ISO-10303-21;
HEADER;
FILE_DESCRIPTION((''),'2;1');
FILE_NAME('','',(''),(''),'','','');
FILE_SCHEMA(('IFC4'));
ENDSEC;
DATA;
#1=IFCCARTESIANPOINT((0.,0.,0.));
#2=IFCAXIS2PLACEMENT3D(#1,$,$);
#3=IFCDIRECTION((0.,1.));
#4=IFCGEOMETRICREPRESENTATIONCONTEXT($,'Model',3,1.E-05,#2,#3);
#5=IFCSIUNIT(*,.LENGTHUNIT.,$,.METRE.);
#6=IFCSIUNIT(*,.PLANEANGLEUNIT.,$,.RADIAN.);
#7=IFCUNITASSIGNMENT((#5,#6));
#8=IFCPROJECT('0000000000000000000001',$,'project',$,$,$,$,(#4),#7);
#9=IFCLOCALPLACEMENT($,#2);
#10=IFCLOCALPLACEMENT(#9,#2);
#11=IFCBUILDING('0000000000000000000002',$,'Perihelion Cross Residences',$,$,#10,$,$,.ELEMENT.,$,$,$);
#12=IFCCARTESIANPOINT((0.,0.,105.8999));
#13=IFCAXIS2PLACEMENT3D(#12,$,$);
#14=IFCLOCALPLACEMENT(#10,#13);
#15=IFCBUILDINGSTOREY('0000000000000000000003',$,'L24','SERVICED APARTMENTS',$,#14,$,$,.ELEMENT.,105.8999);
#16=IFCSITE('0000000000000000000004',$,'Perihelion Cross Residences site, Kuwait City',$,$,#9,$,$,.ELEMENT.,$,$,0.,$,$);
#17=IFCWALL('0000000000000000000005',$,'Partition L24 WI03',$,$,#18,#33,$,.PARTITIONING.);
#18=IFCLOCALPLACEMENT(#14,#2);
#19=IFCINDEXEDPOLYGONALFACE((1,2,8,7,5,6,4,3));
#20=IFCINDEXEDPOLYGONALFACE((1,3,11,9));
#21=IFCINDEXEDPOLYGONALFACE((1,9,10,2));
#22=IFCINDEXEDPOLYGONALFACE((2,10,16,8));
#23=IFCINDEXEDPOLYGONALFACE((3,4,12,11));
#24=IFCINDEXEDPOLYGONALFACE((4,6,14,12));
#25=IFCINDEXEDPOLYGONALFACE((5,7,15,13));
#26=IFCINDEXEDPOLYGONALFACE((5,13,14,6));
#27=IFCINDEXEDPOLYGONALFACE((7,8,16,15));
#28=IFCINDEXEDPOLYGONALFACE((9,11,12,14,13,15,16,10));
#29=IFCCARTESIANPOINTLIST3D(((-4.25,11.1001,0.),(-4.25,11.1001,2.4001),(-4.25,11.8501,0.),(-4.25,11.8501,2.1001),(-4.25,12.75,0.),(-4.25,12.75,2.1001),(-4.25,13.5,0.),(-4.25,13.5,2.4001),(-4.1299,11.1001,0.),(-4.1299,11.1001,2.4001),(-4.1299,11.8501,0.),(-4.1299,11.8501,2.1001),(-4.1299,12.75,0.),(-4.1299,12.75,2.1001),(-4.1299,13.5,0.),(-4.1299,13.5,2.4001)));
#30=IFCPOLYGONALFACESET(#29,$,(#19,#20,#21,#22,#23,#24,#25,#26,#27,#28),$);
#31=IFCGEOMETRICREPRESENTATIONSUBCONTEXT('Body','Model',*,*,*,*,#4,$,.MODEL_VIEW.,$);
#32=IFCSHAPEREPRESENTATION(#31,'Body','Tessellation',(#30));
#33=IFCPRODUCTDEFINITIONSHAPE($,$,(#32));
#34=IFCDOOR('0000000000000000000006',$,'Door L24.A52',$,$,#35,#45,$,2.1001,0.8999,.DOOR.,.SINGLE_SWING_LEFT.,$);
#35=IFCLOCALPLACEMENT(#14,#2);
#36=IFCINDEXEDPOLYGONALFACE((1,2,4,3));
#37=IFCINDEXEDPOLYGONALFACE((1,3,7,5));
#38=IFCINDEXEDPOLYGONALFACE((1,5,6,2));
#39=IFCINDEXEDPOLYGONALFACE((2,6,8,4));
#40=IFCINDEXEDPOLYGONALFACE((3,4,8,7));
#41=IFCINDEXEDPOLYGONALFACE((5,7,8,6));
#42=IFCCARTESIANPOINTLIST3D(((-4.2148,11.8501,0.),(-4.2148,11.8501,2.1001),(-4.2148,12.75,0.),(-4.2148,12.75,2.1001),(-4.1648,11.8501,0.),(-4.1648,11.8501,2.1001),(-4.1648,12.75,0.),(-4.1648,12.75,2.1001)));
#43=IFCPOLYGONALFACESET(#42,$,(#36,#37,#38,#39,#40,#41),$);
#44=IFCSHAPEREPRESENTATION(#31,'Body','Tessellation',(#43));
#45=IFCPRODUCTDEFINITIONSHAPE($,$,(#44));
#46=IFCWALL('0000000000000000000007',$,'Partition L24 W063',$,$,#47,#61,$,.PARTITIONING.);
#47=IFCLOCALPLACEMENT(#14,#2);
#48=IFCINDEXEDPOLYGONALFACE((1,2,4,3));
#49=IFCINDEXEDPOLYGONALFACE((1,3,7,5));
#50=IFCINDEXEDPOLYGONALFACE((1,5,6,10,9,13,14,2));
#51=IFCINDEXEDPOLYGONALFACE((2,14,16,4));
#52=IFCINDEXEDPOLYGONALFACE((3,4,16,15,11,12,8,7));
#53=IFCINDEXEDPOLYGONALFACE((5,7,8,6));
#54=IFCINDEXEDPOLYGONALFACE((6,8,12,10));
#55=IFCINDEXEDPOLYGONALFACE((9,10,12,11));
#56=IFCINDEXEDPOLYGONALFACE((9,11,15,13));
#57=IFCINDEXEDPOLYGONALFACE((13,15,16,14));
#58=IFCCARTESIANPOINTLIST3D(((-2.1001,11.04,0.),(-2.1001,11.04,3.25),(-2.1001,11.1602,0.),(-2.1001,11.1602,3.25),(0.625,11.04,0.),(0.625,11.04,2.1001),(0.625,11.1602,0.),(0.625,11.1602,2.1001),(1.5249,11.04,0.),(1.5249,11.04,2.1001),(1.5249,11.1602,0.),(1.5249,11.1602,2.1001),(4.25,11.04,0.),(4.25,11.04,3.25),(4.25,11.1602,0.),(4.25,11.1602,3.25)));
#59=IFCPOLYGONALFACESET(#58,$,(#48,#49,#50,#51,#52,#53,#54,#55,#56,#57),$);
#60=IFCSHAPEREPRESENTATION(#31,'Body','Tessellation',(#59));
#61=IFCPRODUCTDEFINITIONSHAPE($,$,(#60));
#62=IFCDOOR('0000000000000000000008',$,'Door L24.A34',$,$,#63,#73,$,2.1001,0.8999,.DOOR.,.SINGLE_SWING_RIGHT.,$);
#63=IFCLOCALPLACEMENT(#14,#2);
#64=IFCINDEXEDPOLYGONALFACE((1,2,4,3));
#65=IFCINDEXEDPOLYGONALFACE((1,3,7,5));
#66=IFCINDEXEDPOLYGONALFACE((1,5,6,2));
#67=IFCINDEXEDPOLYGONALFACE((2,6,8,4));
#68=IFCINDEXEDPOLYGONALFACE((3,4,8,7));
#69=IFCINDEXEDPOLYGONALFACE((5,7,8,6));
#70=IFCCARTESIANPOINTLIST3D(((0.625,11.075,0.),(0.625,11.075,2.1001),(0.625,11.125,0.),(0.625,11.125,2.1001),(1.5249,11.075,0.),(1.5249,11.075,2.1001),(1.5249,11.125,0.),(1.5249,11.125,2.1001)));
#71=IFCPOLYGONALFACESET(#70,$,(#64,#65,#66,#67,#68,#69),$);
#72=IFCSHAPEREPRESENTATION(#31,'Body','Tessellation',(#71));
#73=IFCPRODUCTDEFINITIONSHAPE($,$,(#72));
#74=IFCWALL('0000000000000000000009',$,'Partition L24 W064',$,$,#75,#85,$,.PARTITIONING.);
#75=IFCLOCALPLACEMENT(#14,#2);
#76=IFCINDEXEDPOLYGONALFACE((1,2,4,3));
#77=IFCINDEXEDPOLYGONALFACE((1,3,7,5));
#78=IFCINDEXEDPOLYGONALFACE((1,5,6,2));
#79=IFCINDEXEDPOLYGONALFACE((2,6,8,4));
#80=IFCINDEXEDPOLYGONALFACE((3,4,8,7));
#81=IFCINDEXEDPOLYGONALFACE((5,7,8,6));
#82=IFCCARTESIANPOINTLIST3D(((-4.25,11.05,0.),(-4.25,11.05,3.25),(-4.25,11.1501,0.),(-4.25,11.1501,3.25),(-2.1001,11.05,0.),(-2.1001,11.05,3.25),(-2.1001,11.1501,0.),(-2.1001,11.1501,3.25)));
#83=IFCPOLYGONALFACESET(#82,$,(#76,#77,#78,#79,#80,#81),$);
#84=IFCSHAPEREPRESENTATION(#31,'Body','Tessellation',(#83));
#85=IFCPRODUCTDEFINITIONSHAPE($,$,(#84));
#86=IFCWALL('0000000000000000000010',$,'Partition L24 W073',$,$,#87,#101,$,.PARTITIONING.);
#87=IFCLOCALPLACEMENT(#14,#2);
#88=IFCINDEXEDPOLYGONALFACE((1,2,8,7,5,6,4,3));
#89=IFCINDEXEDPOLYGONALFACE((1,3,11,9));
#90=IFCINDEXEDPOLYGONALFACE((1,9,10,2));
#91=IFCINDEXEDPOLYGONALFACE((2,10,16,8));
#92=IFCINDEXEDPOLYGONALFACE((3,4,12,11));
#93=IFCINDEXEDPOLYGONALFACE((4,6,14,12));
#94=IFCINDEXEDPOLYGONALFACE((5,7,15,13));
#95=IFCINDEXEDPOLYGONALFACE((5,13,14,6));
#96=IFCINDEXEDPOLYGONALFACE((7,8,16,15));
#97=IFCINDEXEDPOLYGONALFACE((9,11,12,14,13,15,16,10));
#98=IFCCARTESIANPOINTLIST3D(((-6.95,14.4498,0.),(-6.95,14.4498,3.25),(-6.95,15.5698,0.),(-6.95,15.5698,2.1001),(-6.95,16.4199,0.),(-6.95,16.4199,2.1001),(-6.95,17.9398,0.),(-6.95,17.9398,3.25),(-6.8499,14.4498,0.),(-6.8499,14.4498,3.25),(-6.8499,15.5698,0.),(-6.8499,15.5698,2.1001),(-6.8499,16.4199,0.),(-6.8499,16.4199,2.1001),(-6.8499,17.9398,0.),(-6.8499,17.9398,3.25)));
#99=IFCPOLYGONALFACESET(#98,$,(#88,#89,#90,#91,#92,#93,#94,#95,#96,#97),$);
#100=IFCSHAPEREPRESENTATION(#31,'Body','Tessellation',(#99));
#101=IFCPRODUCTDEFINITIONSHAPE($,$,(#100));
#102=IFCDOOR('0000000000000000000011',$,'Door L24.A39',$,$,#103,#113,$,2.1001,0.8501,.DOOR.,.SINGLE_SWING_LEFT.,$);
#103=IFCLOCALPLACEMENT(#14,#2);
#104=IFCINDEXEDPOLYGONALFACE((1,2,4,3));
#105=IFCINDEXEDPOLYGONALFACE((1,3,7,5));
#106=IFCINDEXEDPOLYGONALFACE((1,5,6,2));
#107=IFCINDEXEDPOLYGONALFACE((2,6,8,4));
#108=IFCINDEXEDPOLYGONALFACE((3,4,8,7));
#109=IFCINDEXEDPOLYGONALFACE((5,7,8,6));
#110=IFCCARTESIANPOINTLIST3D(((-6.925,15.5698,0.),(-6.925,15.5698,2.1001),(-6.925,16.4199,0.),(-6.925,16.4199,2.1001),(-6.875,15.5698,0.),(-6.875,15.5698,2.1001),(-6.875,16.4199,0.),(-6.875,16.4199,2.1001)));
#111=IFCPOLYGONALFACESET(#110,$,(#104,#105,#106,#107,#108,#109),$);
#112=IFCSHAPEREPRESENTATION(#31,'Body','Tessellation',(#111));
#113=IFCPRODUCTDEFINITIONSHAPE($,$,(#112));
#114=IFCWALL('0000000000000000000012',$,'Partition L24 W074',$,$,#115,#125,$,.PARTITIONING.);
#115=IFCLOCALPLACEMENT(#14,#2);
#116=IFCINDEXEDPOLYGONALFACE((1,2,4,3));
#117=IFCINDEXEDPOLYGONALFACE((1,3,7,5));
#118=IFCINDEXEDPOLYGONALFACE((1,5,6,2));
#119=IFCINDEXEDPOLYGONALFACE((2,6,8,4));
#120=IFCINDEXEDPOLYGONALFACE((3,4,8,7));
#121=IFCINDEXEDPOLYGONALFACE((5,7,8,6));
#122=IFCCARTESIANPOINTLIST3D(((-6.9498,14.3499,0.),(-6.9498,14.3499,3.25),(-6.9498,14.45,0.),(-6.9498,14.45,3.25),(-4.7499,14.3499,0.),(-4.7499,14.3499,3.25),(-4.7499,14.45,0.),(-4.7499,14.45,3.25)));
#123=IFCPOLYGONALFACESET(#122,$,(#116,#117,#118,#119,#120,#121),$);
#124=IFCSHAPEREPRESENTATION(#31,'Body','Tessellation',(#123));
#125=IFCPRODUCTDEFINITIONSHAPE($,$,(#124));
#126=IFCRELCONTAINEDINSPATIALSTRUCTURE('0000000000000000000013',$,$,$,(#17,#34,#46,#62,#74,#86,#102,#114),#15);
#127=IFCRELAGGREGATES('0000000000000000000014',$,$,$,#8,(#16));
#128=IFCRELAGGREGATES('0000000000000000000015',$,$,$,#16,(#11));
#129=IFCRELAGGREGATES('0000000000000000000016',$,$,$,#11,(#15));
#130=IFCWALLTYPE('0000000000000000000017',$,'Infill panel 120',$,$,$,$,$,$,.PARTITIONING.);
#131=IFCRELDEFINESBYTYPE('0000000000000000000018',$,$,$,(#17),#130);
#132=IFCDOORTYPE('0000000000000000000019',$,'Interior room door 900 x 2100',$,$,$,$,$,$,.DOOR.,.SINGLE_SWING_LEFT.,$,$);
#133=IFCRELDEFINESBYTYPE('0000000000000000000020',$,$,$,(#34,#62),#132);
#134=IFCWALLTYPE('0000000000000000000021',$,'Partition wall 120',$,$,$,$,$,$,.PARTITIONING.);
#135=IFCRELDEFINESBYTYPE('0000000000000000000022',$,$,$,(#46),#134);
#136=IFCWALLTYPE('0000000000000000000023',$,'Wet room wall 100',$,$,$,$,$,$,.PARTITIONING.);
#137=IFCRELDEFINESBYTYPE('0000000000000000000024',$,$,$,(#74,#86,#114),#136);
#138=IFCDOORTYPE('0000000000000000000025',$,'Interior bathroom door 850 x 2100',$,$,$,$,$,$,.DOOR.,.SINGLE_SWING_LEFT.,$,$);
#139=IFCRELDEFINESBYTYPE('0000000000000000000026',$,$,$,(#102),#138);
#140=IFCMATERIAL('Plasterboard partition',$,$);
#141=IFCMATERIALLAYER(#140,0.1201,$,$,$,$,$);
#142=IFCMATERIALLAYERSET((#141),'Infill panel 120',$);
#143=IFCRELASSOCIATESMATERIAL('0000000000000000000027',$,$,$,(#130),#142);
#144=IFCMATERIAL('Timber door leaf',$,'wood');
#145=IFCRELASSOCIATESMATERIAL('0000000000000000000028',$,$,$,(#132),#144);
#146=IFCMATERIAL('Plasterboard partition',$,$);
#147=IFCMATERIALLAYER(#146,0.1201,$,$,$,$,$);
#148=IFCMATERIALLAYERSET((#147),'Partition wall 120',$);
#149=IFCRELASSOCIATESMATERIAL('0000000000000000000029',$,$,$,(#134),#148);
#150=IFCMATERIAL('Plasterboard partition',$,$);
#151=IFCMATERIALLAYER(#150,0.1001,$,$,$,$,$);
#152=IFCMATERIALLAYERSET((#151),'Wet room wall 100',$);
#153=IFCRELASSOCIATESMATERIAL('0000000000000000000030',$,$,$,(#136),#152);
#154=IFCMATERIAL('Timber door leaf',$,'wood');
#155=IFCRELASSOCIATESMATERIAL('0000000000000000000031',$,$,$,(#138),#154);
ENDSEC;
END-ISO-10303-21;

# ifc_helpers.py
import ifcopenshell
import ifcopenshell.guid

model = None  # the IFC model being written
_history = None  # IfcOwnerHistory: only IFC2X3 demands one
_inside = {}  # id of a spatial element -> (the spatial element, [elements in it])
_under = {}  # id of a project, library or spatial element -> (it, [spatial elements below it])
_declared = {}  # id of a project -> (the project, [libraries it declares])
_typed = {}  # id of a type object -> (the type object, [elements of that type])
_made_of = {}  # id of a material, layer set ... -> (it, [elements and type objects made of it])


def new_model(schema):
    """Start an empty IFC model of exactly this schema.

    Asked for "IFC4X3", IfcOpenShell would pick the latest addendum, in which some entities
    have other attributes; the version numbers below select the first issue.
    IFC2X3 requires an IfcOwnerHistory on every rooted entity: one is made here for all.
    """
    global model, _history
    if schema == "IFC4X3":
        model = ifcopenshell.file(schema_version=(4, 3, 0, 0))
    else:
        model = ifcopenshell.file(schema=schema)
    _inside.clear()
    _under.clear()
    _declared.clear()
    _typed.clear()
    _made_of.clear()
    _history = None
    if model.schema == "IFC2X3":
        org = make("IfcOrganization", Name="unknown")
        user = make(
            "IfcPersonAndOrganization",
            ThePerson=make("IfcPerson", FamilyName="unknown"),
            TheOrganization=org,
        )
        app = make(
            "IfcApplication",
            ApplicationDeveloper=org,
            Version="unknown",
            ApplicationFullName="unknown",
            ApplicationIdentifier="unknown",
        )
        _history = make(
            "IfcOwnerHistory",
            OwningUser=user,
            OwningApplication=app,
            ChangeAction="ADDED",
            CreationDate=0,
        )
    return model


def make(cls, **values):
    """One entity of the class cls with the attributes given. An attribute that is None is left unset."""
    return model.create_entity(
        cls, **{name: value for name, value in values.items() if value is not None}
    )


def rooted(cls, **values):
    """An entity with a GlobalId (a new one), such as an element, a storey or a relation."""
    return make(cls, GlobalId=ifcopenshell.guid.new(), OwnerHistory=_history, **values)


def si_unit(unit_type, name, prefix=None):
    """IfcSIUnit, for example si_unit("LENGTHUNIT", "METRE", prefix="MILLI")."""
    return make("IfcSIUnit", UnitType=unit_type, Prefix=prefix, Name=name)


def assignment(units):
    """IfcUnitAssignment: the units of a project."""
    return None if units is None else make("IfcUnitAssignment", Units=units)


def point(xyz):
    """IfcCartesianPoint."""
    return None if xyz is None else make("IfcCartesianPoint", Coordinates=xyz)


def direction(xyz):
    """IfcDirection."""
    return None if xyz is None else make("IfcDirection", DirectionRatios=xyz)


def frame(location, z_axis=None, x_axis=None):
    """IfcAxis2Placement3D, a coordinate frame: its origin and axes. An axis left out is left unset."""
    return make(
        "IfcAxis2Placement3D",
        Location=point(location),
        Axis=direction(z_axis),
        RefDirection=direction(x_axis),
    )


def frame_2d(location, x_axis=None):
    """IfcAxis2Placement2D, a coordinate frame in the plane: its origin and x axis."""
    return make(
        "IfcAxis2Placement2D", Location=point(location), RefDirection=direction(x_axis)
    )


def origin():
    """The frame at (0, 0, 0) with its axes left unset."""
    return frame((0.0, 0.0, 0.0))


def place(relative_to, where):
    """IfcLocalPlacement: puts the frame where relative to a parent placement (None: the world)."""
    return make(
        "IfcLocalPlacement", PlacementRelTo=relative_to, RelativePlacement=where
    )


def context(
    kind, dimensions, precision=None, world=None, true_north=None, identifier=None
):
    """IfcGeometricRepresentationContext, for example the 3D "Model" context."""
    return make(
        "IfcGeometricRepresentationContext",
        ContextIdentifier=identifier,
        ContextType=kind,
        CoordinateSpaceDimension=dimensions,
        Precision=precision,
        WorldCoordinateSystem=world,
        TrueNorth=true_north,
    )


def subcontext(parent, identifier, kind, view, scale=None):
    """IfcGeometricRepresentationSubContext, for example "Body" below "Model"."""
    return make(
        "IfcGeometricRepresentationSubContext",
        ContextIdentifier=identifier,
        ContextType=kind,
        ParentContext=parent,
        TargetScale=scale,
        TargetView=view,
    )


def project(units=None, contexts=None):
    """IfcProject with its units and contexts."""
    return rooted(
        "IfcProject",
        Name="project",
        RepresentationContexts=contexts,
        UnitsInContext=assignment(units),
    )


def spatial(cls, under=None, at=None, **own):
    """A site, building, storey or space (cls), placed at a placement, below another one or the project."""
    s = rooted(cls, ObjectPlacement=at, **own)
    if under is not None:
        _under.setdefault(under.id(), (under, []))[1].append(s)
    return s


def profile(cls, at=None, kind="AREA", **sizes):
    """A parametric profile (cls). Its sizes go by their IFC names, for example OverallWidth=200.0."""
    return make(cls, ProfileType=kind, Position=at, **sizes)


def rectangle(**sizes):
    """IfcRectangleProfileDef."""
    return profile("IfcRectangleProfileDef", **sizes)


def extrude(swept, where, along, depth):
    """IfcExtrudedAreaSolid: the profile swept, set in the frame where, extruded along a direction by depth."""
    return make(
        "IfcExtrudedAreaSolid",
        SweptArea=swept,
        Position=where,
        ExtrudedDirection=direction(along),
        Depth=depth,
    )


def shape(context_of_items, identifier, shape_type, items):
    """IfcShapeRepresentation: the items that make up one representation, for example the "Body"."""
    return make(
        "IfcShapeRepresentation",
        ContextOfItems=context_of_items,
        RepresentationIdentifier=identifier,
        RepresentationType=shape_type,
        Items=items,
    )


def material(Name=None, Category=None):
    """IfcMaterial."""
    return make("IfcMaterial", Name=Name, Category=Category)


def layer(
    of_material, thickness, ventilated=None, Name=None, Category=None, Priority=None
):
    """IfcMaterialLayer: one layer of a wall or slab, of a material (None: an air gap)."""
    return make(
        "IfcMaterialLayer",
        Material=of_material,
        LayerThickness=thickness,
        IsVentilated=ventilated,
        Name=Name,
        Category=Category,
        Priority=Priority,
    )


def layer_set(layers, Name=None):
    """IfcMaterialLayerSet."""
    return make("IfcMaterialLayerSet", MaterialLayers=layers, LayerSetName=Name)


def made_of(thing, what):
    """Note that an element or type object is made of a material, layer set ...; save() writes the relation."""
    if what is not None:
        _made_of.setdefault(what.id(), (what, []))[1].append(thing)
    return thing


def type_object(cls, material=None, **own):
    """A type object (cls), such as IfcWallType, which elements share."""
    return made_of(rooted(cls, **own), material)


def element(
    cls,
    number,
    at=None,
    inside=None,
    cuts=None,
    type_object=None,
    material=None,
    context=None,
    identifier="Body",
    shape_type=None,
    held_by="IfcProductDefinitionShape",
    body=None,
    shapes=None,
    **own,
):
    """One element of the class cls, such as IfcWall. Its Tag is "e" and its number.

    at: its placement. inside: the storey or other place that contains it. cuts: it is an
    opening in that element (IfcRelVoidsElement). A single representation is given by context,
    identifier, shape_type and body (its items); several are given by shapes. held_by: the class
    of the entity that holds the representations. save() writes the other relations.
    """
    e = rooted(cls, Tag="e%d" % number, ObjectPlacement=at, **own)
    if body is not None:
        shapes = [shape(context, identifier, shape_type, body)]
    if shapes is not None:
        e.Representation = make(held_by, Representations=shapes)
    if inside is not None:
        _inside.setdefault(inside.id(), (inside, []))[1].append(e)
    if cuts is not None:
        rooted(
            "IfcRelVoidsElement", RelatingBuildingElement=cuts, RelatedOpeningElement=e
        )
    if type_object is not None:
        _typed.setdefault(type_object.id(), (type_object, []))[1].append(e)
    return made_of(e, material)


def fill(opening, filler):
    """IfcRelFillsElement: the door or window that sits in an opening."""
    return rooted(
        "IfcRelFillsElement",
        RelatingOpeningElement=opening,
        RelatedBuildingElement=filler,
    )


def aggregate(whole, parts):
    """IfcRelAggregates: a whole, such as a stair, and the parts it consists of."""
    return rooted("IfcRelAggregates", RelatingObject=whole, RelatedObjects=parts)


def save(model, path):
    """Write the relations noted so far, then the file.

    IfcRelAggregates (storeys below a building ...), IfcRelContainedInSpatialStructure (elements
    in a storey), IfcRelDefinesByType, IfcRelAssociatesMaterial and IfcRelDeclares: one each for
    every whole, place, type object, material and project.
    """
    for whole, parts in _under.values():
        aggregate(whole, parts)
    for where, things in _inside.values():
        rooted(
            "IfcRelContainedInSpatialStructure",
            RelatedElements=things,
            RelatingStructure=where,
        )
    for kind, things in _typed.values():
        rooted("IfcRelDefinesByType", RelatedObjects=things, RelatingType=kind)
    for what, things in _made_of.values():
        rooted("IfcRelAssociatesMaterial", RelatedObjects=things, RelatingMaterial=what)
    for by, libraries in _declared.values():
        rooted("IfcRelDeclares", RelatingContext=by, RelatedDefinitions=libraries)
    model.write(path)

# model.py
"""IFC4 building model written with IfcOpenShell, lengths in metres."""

from ifc_helpers import new_model, si_unit, direction, frame, frame_2d, origin, place, context, subcontext, project, spatial, rectangle, extrude, material, layer, layer_set, type_object, element, fill, save


model = new_model("IFC4")

# Units and contexts
model_context = context("Model", 3, precision=1e-05, world=origin(), true_north=direction((0.0, 1.0)))
body_context = subcontext(model_context, "Body", "Model", "MODEL_VIEW")
ifc_project = project(units=[si_unit("LENGTHUNIT", "METRE"), si_unit("PLANEANGLEUNIT", "RADIAN")], contexts=[model_context])

# Site, building, storey
site_placement = place(None, origin())
site = spatial("IfcSite", under=ifc_project, at=site_placement, Name="Perihelion Cross Residences site, Kuwait City", CompositionType="ELEMENT", RefElevation=0.0)
building_placement = place(site_placement, origin())
building = spatial("IfcBuilding", under=site, at=building_placement, Name="Perihelion Cross Residences", CompositionType="ELEMENT")
storey_placement = place(building_placement, frame((0.0, 0.0, 105.8999)))
storey = spatial("IfcBuildingStorey", under=building, at=storey_placement, Name="L24", Description="SERVICED APARTMENTS", CompositionType="ELEMENT", Elevation=105.8999)

# Walls, openings, doors
ifc_material_1 = material(Name="Plasterboard partition")
ifc_layer_1 = layer(ifc_material_1, 0.1201)
ifc_layer_set_1 = layer_set([ifc_layer_1], Name="Infill panel 120")
wall_type_1 = type_object("IfcWallType", Name="Infill panel 120", PredefinedType="PARTITIONING", material=ifc_layer_set_1)
wall_1_placement = place(storey_placement, frame((-4.1899, 11.1001, 0.0), z_axis=(0.0, 0.0, 1.0), x_axis=(0.0, 1.0, 0.0)))
wall_1 = element("IfcWall", 1, at=wall_1_placement, inside=storey, type_object=wall_type_1, Name="Partition L24 WI03", PredefinedType="PARTITIONING", context=body_context, shape_type="SweptSolid", body=[
    extrude(rectangle(XDim=2.3999, YDim=0.1201, at=frame_2d((1.2, 0.0))), origin(), (0.0, 0.0, 1.0), 2.4001),
])
opening_1_placement = place(wall_1_placement, frame((0.75, 0.0, 0.0)))
opening_1 = element("IfcOpeningElement", 2, at=opening_1_placement, cuts=wall_1, PredefinedType="OPENING", context=body_context, shape_type="SweptSolid", body=[
    extrude(rectangle(XDim=0.8999, YDim=2.1001, at=frame_2d((0.45, 1.05))), frame((0.0, 0.0701, 0.0), z_axis=(0.0, -1.0, 0.0), x_axis=(1.0, 0.0, 0.0)), (0.0, 0.0, 1.0), 0.1401),
])
ifc_material_2 = material(Name="Timber door leaf", Category="wood")
door_type_1 = type_object("IfcDoorType", Name="Interior room door 900 x 2100", OperationType="SINGLE_SWING_LEFT", PredefinedType="DOOR", material=ifc_material_2)
door_1_placement = place(opening_1_placement, origin())
door_1 = element("IfcDoor", 3, at=door_1_placement, inside=storey, type_object=door_type_1, Name="Door L24.A52", OperationType="SINGLE_SWING_LEFT", OverallHeight=2.1001, OverallWidth=0.8999, PredefinedType="DOOR", context=body_context, shape_type="SweptSolid", body=[
    extrude(rectangle(XDim=0.8999, YDim=2.1001, at=frame_2d((0.45, 1.05))), frame((0.0, 0.0249, 0.0), z_axis=(0.0, -1.0, 0.0), x_axis=(1.0, 0.0, 0.0)), (0.0, 0.0, 1.0), 0.05),
])
fill(opening_1, door_1)
ifc_material_3 = material(Name="Plasterboard partition")
ifc_layer_2 = layer(ifc_material_3, 0.1201)
ifc_layer_set_2 = layer_set([ifc_layer_2], Name="Partition wall 120")
wall_type_2 = type_object("IfcWallType", Name="Partition wall 120", PredefinedType="PARTITIONING", material=ifc_layer_set_2)
wall_2_placement = place(storey_placement, frame((-2.1001, 11.1001, 0.0), z_axis=(0.0, 0.0, 1.0), x_axis=(1.0, 0.0, 0.0)))
wall_2 = element("IfcWall", 4, at=wall_2_placement, inside=storey, type_object=wall_type_2, Name="Partition L24 W063", PredefinedType="PARTITIONING", context=body_context, shape_type="SweptSolid", body=[
    extrude(rectangle(XDim=6.3501, YDim=0.1201, at=frame_2d((3.175, 0.0))), origin(), (0.0, 0.0, 1.0), 3.25),
])
opening_2_placement = place(wall_2_placement, frame((2.7251, 0.0, 0.0)))
opening_2 = element("IfcOpeningElement", 5, at=opening_2_placement, cuts=wall_2, PredefinedType="OPENING", context=body_context, shape_type="SweptSolid", body=[
    extrude(rectangle(XDim=0.8999, YDim=2.1001, at=frame_2d((0.45, 1.05))), frame((0.0, 0.0701, 0.0), z_axis=(0.0, -1.0, 0.0), x_axis=(1.0, 0.0, 0.0)), (0.0, 0.0, 1.0), 0.1401),
])
door_2_placement = place(opening_2_placement, origin())
door_2 = element("IfcDoor", 6, at=door_2_placement, inside=storey, type_object=door_type_1, Name="Door L24.A34", OperationType="SINGLE_SWING_RIGHT", OverallHeight=2.1001, OverallWidth=0.8999, PredefinedType="DOOR", context=body_context, shape_type="SweptSolid", body=[
    extrude(rectangle(XDim=0.8999, YDim=2.1001, at=frame_2d((0.45, 1.05))), frame((0.0, 0.0249, 0.0), z_axis=(0.0, -1.0, 0.0), x_axis=(1.0, 0.0, 0.0)), (0.0, 0.0, 1.0), 0.05),
])
fill(opening_2, door_2)

# Wall
ifc_material_4 = material(Name="Plasterboard partition")
ifc_layer_3 = layer(ifc_material_4, 0.1001)
ifc_layer_set_3 = layer_set([ifc_layer_3], Name="Wet room wall 100")
wall_type_3 = type_object("IfcWallType", Name="Wet room wall 100", PredefinedType="PARTITIONING", material=ifc_layer_set_3)
wall_3_placement = place(storey_placement, frame((-4.25, 11.1001, 0.0), z_axis=(0.0, 0.0, 1.0), x_axis=(1.0, 0.0, 0.0)))
element("IfcWall", 7, at=wall_3_placement, inside=storey, type_object=wall_type_3, Name="Partition L24 W064", PredefinedType="PARTITIONING", context=body_context, shape_type="SweptSolid", body=[
    extrude(rectangle(XDim=2.1499, YDim=0.1001, at=frame_2d((1.075, 0.0))), origin(), (0.0, 0.0, 1.0), 3.25),
])

# Wall, opening, door
wall_4_placement = place(storey_placement, frame((-6.8999, 17.9399, 0.0), z_axis=(0.0, 0.0, 1.0), x_axis=(0.0, -1.0, 0.0)))
wall_4 = element("IfcWall", 8, at=wall_4_placement, inside=storey, type_object=wall_type_3, Name="Partition L24 W073", PredefinedType="PARTITIONING", context=body_context, shape_type="SweptSolid", body=[
    extrude(rectangle(XDim=3.49, YDim=0.1001, at=frame_2d((1.7451, 0.0))), origin(), (0.0, 0.0, 1.0), 3.25),
])
opening_3_placement = place(wall_4_placement, frame((1.52, 0.0, 0.0)))
opening_3 = element("IfcOpeningElement", 9, at=opening_3_placement, cuts=wall_4, PredefinedType="OPENING", context=body_context, shape_type="SweptSolid", body=[
    extrude(rectangle(XDim=0.8501, YDim=2.1001, at=frame_2d((0.425, 1.05))), frame((0.0, 0.0601, 0.0), z_axis=(0.0, -1.0, 0.0), x_axis=(1.0, 0.0, 0.0)), (0.0, 0.0, 1.0), 0.1201),
])
ifc_material_5 = material(Name="Timber door leaf", Category="wood")
door_type_2 = type_object("IfcDoorType", Name="Interior bathroom door 850 x 2100", OperationType="SINGLE_SWING_LEFT", PredefinedType="DOOR", material=ifc_material_5)
door_3_placement = place(opening_3_placement, origin())
door_3 = element("IfcDoor", 10, at=door_3_placement, inside=storey, type_object=door_type_2, Name="Door L24.A39", OperationType="SINGLE_SWING_LEFT", OverallHeight=2.1001, OverallWidth=0.8501, PredefinedType="DOOR", context=body_context, shape_type="SweptSolid", body=[
    extrude(rectangle(XDim=0.8501, YDim=2.1001, at=frame_2d((0.425, 1.05))), frame((0.0, 0.0249, 0.0), z_axis=(0.0, -1.0, 0.0), x_axis=(1.0, 0.0, 0.0)), (0.0, 0.0, 1.0), 0.05),
])
fill(opening_3, door_3)

# Wall
wall_5_placement = place(storey_placement, frame((-6.95, 14.3999, 0.0), z_axis=(0.0, 0.0, 1.0), x_axis=(1.0, 0.0, 0.0)))
element("IfcWall", 11, at=wall_5_placement, inside=storey, type_object=wall_type_3, Name="Partition L24 W074", PredefinedType="PARTITIONING", context=body_context, shape_type="SweptSolid", body=[
    extrude(rectangle(XDim=2.2, YDim=0.1001, at=frame_2d((1.1001, 0.0))), origin(), (0.0, 0.0, 1.0), 3.25),
])

save(model, "model.ifc")
